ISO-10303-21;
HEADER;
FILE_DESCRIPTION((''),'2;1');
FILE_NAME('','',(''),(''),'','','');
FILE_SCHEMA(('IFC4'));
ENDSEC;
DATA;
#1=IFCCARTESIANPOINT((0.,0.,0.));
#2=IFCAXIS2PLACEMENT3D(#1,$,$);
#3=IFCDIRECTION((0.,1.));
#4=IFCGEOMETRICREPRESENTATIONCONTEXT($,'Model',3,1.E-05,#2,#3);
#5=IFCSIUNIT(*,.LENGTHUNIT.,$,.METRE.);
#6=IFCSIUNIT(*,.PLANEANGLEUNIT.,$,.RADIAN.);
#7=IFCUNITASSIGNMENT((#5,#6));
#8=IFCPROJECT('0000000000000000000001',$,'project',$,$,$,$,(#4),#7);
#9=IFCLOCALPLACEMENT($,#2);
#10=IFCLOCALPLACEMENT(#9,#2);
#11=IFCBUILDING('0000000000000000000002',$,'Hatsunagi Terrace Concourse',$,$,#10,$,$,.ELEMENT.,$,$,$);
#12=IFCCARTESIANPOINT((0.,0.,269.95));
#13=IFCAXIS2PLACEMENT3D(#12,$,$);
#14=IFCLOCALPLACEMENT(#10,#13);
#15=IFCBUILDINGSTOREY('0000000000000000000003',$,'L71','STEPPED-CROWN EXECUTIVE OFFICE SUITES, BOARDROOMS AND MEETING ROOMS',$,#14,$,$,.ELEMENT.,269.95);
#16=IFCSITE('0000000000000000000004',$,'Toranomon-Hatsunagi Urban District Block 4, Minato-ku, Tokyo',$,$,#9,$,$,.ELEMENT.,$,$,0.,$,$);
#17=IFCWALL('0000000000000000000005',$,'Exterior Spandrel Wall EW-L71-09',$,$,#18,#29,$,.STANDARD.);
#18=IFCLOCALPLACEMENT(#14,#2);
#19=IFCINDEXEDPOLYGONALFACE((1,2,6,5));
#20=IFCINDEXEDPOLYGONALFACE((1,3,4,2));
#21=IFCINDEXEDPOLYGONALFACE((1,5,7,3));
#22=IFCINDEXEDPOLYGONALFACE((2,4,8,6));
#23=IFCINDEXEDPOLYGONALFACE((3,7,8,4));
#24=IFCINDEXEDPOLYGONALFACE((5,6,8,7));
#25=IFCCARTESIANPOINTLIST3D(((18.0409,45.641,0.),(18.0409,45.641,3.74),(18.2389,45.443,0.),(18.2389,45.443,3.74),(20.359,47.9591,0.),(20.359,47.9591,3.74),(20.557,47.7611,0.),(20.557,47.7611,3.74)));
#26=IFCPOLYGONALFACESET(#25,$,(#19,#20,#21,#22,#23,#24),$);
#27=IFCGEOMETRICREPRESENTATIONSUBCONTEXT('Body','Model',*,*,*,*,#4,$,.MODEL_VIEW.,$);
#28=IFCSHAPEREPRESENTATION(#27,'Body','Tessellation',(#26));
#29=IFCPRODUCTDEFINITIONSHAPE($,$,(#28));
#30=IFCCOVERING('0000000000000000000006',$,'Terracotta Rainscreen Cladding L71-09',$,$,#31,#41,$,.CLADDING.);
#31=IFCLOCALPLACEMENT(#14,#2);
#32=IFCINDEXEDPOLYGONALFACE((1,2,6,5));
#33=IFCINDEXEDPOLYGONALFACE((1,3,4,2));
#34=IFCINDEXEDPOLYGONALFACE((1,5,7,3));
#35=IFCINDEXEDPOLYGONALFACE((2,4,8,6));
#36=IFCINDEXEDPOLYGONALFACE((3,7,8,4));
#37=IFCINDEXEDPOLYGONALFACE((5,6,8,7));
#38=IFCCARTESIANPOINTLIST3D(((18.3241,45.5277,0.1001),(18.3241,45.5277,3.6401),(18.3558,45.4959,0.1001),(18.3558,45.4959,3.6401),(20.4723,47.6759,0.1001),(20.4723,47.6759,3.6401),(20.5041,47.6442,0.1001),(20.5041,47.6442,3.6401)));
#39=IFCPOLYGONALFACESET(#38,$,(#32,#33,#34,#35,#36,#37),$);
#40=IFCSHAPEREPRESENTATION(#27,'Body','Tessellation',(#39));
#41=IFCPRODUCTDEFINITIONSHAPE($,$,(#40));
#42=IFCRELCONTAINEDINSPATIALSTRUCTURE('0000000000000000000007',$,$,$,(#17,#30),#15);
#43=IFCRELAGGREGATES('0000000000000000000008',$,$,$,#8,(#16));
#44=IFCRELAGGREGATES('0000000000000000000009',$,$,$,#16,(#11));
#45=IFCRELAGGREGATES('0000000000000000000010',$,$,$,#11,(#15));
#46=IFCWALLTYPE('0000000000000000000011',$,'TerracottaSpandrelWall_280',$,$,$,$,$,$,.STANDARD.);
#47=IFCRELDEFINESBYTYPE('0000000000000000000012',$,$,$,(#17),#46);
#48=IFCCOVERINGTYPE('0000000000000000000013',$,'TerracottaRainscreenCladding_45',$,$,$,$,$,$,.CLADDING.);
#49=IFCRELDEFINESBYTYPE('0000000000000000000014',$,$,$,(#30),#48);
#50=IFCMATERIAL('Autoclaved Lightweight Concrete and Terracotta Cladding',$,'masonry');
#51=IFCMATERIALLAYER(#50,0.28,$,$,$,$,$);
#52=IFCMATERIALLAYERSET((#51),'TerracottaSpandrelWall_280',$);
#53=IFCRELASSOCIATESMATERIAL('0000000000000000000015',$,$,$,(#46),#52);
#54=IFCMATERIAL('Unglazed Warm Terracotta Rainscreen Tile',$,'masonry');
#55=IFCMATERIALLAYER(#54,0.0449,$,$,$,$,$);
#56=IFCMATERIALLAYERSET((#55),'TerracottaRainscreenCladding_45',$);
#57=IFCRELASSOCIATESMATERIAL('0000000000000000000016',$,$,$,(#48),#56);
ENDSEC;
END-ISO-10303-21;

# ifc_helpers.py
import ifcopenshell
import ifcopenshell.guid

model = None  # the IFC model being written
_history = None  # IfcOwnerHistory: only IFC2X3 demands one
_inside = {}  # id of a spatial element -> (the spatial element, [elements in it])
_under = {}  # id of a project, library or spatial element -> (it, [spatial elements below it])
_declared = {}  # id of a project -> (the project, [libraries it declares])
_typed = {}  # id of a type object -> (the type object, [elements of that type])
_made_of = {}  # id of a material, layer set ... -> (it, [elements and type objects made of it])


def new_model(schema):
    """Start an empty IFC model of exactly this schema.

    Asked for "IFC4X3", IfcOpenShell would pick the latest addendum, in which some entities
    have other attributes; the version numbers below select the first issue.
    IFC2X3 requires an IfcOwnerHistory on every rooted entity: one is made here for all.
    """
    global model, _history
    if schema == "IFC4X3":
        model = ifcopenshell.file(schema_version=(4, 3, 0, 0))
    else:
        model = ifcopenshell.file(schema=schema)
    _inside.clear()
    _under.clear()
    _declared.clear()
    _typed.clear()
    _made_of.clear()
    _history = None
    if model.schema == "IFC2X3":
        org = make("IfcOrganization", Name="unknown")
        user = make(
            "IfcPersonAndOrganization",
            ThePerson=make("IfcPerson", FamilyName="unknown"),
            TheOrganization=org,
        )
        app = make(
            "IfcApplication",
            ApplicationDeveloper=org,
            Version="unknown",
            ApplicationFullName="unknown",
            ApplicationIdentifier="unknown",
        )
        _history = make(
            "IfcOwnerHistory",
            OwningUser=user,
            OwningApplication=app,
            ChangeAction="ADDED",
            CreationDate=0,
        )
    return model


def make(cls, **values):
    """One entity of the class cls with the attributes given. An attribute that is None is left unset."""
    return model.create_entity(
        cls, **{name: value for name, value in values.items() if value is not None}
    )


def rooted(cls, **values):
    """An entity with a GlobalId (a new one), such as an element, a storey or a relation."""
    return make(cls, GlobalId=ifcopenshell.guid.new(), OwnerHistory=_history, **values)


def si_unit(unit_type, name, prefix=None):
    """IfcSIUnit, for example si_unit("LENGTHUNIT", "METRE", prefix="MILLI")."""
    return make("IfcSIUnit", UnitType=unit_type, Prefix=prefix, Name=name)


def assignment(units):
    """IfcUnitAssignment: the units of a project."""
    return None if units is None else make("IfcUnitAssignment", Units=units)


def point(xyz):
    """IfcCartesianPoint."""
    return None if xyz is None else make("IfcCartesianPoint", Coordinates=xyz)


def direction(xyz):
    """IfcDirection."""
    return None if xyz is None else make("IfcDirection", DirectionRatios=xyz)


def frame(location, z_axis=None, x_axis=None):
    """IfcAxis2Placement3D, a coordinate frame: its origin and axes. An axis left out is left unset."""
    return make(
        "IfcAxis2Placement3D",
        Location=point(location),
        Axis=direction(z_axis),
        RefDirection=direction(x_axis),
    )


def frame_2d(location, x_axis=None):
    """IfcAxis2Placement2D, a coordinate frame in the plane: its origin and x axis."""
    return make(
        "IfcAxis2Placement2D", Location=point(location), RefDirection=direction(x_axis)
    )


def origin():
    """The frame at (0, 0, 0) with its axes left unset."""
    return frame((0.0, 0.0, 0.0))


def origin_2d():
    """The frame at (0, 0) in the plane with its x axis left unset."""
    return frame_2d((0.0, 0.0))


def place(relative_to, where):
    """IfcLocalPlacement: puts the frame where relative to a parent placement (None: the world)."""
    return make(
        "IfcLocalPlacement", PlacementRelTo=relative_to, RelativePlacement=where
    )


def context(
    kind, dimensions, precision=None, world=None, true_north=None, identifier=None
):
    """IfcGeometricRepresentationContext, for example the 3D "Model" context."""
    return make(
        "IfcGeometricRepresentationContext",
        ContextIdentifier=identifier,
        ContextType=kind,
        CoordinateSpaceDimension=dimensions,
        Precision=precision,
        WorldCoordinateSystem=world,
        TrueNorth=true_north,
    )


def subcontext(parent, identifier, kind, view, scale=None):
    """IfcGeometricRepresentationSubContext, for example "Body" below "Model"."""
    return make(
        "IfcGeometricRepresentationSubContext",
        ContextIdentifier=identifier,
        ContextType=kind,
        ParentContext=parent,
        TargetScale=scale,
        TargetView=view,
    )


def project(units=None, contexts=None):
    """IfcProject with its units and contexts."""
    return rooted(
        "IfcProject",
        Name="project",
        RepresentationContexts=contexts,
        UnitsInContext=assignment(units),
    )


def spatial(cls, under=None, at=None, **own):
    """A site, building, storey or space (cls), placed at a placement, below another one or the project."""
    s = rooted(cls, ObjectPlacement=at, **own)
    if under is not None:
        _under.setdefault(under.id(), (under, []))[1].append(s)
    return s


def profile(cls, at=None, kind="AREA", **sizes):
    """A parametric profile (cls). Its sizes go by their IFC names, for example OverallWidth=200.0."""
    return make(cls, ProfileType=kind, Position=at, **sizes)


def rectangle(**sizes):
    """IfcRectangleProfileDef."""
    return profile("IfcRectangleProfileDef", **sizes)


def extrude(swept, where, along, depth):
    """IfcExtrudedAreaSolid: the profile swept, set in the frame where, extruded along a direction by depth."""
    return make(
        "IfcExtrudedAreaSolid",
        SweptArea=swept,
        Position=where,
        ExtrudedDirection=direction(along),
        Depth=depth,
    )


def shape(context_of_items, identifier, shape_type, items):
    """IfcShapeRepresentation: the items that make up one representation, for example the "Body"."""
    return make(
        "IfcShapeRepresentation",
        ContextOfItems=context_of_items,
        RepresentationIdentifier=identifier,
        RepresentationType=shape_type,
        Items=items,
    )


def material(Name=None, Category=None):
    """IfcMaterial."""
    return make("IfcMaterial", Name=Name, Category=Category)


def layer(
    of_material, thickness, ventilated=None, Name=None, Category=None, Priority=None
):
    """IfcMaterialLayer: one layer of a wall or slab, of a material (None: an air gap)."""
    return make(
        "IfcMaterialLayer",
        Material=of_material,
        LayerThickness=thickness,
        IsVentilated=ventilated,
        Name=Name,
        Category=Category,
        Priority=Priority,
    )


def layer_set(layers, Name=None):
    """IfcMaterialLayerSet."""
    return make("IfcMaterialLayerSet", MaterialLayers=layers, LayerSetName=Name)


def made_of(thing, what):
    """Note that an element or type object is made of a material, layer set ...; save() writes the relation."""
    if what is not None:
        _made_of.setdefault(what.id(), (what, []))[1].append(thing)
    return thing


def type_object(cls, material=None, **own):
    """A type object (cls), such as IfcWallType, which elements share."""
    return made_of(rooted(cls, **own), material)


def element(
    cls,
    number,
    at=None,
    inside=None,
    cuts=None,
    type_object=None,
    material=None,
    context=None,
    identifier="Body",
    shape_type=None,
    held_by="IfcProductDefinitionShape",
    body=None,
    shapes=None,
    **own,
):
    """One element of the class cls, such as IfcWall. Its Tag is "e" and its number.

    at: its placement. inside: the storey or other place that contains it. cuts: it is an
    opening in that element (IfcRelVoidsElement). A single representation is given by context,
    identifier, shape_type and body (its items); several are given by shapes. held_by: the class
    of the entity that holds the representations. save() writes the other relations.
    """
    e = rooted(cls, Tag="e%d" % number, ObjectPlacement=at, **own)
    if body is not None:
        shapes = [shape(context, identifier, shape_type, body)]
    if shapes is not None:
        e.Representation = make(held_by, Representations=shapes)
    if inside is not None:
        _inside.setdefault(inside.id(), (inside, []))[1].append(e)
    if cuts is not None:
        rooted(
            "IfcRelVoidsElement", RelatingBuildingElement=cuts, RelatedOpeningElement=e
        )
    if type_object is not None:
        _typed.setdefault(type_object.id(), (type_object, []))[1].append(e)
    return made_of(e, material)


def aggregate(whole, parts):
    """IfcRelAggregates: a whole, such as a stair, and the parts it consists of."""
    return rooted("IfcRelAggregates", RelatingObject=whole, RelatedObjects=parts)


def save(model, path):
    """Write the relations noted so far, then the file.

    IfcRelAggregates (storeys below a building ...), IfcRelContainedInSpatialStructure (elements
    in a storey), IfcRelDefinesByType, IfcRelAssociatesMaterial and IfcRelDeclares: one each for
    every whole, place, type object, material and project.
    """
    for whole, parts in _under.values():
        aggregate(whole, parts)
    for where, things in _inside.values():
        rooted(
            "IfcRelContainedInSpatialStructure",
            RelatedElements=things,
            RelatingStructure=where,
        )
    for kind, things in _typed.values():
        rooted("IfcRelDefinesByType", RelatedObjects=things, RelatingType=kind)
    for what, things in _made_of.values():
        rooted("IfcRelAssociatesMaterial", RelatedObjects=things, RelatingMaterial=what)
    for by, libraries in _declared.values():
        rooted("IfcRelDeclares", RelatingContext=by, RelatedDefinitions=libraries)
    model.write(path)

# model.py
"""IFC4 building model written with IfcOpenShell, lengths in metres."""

from ifc_helpers import new_model, si_unit, direction, frame, frame_2d, origin, origin_2d, place, context, subcontext, project, spatial, rectangle, extrude, material, layer, layer_set, type_object, element, save


model = new_model("IFC4")

# Units and contexts
model_context = context("Model", 3, precision=1e-05, world=origin(), true_north=direction((0.0, 1.0)))
body_context = subcontext(model_context, "Body", "Model", "MODEL_VIEW")
ifc_project = project(units=[si_unit("LENGTHUNIT", "METRE"), si_unit("PLANEANGLEUNIT", "RADIAN")], contexts=[model_context])

# Site, building, storey
site_placement = place(None, origin())
site = spatial("IfcSite", under=ifc_project, at=site_placement, Name="Toranomon-Hatsunagi Urban District Block 4, Minato-ku, Tokyo", CompositionType="ELEMENT", RefElevation=0.0)
building_placement = place(site_placement, origin())
building = spatial("IfcBuilding", under=site, at=building_placement, Name="Hatsunagi Terrace Concourse", CompositionType="ELEMENT")
storey_placement = place(building_placement, frame((0.0, 0.0, 269.95)))
storey = spatial("IfcBuildingStorey", under=building, at=storey_placement, Name="L71", Description="STEPPED-CROWN EXECUTIVE OFFICE SUITES, BOARDROOMS AND MEETING ROOMS", CompositionType="ELEMENT", Elevation=269.95)

# Wall
ifc_material_1 = material(Name="Autoclaved Lightweight Concrete and Terracotta Cladding", Category="masonry")
ifc_layer_1 = layer(ifc_material_1, 0.28)
ifc_layer_set_1 = layer_set([ifc_layer_1], Name="TerracottaSpandrelWall_280")
wall_type_1 = type_object("IfcWallType", Name="TerracottaSpandrelWall_280", PredefinedType="STANDARD", material=ifc_layer_set_1)
wall_1_placement = place(storey_placement, frame((18.1399, 45.542, 0.0), z_axis=(0.0, 0.0, 1.0), x_axis=(0.707107, 0.707107, 0.0)))
element("IfcWall", 1, at=wall_1_placement, inside=storey, type_object=wall_type_1, Name="Exterior Spandrel Wall EW-L71-09", PredefinedType="STANDARD", context=body_context, shape_type="SweptSolid", body=[
    extrude(rectangle(XDim=3.2783, YDim=0.28, at=frame_2d((1.6392, 0.0))), origin(), (0.0, 0.0, 1.0), 3.74),
])

# Covering
ifc_material_2 = material(Name="Unglazed Warm Terracotta Rainscreen Tile", Category="masonry")
ifc_layer_2 = layer(ifc_material_2, 0.0449)
ifc_layer_set_2 = layer_set([ifc_layer_2], Name="TerracottaRainscreenCladding_45")
covering_type = type_object("IfcCoveringType", Name="TerracottaRainscreenCladding_45", PredefinedType="CLADDING", material=ifc_layer_set_2)
covering_placement = place(storey_placement, frame((19.4141, 46.5859, 0.1001), z_axis=(0.0, 0.0, 1.0), x_axis=(0.707107, 0.707107, 0.0)))
element("IfcCovering", 2, at=covering_placement, inside=storey, type_object=covering_type, Name="Terracotta Rainscreen Cladding L71-09", PredefinedType="CLADDING", context=body_context, shape_type="SweptSolid", body=[
    extrude(rectangle(XDim=3.0381, YDim=0.0449, at=origin_2d()), origin(), (0.0, 0.0, 1.0), 3.54),
])

save(model, "model.ifc")
